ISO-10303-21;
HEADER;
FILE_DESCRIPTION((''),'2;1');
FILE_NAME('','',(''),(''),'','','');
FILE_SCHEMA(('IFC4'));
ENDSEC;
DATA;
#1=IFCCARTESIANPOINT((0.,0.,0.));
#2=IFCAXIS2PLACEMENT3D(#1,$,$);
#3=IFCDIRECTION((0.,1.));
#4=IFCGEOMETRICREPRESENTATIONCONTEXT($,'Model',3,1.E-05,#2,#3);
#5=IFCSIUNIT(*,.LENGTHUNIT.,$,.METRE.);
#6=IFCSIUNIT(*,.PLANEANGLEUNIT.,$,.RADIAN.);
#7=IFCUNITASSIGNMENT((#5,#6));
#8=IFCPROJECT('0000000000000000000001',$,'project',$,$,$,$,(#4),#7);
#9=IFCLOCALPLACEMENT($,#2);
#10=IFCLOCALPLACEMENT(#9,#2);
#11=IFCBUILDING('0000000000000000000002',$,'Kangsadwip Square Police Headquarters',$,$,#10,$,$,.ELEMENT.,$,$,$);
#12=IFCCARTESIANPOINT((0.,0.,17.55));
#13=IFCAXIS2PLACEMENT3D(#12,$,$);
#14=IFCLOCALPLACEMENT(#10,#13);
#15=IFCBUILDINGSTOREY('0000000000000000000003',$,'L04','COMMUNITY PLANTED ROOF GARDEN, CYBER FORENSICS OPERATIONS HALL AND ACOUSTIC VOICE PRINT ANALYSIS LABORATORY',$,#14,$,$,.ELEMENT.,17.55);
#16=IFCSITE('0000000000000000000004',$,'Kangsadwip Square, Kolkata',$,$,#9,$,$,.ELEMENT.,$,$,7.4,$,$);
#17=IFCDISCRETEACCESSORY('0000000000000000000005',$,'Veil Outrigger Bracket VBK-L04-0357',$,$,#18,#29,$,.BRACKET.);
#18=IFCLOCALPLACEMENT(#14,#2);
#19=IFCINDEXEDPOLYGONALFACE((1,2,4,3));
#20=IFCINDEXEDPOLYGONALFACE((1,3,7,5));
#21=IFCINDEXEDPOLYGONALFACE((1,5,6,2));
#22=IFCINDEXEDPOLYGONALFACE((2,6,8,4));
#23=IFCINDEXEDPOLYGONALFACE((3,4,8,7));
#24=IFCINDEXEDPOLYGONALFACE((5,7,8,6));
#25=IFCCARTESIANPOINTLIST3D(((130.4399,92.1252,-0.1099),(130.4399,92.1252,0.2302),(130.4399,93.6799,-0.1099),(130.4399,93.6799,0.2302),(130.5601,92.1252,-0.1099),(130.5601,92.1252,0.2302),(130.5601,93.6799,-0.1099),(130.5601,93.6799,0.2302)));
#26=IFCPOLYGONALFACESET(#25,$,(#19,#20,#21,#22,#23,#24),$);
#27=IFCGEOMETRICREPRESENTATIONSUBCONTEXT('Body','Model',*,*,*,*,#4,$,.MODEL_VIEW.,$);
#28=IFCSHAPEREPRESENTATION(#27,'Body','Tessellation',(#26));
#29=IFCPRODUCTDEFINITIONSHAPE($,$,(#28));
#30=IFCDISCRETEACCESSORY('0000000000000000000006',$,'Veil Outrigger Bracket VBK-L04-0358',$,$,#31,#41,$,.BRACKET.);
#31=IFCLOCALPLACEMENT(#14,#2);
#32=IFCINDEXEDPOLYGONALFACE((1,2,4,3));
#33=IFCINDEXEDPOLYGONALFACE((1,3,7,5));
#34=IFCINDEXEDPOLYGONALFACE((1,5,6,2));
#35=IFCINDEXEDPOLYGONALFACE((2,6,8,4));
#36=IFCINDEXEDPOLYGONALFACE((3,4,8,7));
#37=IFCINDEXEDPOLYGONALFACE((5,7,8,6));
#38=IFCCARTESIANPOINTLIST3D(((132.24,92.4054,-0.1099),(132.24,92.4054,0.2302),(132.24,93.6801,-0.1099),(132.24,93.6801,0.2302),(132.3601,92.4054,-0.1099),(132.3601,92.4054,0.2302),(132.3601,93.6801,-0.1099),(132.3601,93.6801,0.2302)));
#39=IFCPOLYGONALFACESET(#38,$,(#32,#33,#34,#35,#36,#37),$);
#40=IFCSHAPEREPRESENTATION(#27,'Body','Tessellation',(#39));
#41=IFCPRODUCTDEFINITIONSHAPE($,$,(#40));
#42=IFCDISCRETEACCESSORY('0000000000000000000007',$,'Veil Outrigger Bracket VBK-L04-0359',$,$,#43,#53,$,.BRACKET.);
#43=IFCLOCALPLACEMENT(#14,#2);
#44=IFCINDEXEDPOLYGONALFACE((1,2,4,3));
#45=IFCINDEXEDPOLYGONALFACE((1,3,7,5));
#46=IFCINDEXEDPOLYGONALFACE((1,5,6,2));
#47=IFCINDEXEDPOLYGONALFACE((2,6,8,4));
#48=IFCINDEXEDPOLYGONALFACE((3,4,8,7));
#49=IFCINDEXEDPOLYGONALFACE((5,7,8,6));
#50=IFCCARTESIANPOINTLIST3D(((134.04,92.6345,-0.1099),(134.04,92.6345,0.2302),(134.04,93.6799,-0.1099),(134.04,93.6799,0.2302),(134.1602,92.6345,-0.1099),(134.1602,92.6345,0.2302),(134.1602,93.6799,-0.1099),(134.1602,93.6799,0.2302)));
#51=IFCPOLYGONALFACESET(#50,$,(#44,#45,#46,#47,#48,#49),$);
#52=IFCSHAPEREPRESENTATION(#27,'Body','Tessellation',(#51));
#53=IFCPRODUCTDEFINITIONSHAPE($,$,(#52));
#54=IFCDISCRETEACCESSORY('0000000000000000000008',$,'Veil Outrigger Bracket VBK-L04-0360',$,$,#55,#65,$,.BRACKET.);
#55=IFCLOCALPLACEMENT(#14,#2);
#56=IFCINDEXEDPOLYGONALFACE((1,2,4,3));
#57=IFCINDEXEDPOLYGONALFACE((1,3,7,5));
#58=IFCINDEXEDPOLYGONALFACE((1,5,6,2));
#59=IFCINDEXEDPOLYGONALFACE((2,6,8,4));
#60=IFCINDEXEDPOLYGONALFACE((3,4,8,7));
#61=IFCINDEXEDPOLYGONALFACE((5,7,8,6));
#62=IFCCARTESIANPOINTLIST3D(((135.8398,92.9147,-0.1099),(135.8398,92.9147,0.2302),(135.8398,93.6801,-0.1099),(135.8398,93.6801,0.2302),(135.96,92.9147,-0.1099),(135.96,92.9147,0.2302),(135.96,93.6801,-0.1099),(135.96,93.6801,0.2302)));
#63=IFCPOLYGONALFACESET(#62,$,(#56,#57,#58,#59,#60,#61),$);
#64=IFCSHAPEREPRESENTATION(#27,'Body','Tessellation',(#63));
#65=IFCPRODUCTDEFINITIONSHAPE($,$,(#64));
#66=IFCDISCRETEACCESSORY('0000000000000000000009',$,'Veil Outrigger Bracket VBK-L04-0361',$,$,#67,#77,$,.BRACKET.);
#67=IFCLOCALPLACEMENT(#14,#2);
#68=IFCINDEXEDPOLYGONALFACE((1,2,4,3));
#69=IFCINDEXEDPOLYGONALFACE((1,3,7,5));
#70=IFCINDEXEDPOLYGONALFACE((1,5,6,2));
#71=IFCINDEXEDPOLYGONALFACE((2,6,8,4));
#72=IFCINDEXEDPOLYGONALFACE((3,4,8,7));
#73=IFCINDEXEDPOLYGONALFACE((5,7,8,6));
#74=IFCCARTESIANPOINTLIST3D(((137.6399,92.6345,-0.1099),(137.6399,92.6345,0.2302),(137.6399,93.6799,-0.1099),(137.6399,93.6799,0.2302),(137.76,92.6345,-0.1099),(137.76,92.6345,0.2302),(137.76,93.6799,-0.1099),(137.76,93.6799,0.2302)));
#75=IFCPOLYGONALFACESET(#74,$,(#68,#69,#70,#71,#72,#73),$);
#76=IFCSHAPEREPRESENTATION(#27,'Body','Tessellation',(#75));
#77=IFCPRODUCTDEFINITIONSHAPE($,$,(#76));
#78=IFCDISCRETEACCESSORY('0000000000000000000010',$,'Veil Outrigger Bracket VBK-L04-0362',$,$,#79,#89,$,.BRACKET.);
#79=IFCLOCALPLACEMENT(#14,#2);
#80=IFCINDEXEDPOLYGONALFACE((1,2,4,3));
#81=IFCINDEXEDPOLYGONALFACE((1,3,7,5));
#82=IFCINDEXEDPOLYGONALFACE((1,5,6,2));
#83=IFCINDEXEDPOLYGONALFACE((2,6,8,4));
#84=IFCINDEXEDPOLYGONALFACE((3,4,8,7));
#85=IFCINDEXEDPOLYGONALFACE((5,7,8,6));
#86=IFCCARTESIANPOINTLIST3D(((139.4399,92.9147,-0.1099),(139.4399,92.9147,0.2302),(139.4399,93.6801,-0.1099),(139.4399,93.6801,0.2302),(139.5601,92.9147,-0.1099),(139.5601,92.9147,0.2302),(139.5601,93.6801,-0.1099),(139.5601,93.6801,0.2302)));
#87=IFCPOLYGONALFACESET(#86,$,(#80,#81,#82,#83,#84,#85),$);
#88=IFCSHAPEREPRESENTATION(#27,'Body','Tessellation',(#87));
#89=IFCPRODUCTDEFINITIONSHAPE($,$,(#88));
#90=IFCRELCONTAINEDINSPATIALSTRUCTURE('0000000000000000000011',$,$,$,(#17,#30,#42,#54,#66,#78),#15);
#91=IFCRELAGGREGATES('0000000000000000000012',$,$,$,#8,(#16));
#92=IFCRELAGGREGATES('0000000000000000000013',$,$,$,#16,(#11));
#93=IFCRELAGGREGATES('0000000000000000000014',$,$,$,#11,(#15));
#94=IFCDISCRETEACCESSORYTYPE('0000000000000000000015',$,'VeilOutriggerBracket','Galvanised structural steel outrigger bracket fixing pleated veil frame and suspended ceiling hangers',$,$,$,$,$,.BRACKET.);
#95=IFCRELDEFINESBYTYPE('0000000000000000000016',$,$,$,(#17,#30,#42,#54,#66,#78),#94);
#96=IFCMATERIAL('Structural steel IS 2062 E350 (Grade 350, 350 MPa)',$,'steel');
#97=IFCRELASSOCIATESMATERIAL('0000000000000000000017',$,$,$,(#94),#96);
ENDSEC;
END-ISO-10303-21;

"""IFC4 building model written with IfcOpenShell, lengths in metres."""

from ifc_helpers import new_model, si_unit, direction, frame, origin, origin_2d, place, context, subcontext, project, spatial, rectangle, extrude, material, type_object, element, save


model = new_model("IFC4")

# Units and contexts
model_context = context("Model", 3, precision=1e-05, world=origin(), true_north=direction((0.0, 1.0)))
body_context = subcontext(model_context, "Body", "Model", "MODEL_VIEW")
ifc_project = project(units=[si_unit("LENGTHUNIT", "METRE"), si_unit("PLANEANGLEUNIT", "RADIAN")], contexts=[model_context])

# Site, building, storey
site_placement = place(None, origin())
site = spatial("IfcSite", under=ifc_project, at=site_placement, Name="Kangsadwip Square, Kolkata", CompositionType="ELEMENT", RefElevation=7.4)
building_placement = place(site_placement, origin())
building = spatial("IfcBuilding", under=site, at=building_placement, Name="Kangsadwip Square Police Headquarters", CompositionType="ELEMENT")
storey_placement = place(building_placement, frame((0.0, 0.0, 17.55)))
storey = spatial("IfcBuildingStorey", under=building, at=storey_placement, Name="L04", Description="COMMUNITY PLANTED ROOF GARDEN, CYBER FORENSICS OPERATIONS HALL AND ACOUSTIC VOICE PRINT ANALYSIS LABORATORY", CompositionType="ELEMENT", Elevation=17.55)

# Discrete accessories
ifc_material_1 = material(Name="Structural steel IS 2062 E350 (Grade 350, 350 MPa)", Category="steel")
discrete_accessory_type = type_object("IfcDiscreteAccessoryType", Name="VeilOutriggerBracket", Description="Galvanised structural steel outrigger bracket fixing pleated veil frame and suspended ceiling hangers", PredefinedType="BRACKET", material=ifc_material_1)
discrete_accessory_1_placement = place(storey_placement, frame((130.5, 92.9026, -0.1099), z_axis=(0.0, 0.0, 1.0), x_axis=(1.0, 0.0, 0.0)))
element("IfcDiscreteAccessory", 1, at=discrete_accessory_1_placement, inside=storey, type_object=discrete_accessory_type, Name="Veil Outrigger Bracket VBK-L04-0357", PredefinedType="BRACKET", context=body_context, shape_type="SweptSolid", body=[
    extrude(rectangle(XDim=0.1201, YDim=1.5547, at=origin_2d()), origin(), (0.0, 0.0, 1.0), 0.3401),
])
discrete_accessory_2_placement = place(storey_placement, frame((132.3, 93.0427, -0.1099), z_axis=(0.0, 0.0, 1.0), x_axis=(1.0, 0.0, 0.0)))
element("IfcDiscreteAccessory", 2, at=discrete_accessory_2_placement, inside=storey, type_object=discrete_accessory_type, Name="Veil Outrigger Bracket VBK-L04-0358", PredefinedType="BRACKET", context=body_context, shape_type="SweptSolid", body=[
    extrude(rectangle(XDim=0.1201, YDim=1.2747, at=origin_2d()), origin(), (0.0, 0.0, 1.0), 0.3401),
])
discrete_accessory_3_placement = place(storey_placement, frame((134.1001, 93.1572, -0.1099), z_axis=(0.0, 0.0, 1.0), x_axis=(1.0, 0.0, 0.0)))
element("IfcDiscreteAccessory", 3, at=discrete_accessory_3_placement, inside=storey, type_object=discrete_accessory_type, Name="Veil Outrigger Bracket VBK-L04-0359", PredefinedType="BRACKET", context=body_context, shape_type="SweptSolid", body=[
    extrude(rectangle(XDim=0.1201, YDim=1.0454, at=origin_2d()), origin(), (0.0, 0.0, 1.0), 0.3401),
])
discrete_accessory_4_placement = place(storey_placement, frame((135.8999, 93.2974, -0.1099), z_axis=(0.0, 0.0, 1.0), x_axis=(1.0, 0.0, 0.0)))
element("IfcDiscreteAccessory", 4, at=discrete_accessory_4_placement, inside=storey, type_object=discrete_accessory_type, Name="Veil Outrigger Bracket VBK-L04-0360", PredefinedType="BRACKET", context=body_context, shape_type="SweptSolid", body=[
    extrude(rectangle(XDim=0.1201, YDim=0.7654, at=origin_2d()), origin(), (0.0, 0.0, 1.0), 0.3401),
])
discrete_accessory_5_placement = place(storey_placement, frame((137.7, 93.1572, -0.1099), z_axis=(0.0, 0.0, 1.0), x_axis=(1.0, 0.0, 0.0)))
element("IfcDiscreteAccessory", 5, at=discrete_accessory_5_placement, inside=storey, type_object=discrete_accessory_type, Name="Veil Outrigger Bracket VBK-L04-0361", PredefinedType="BRACKET", context=body_context, shape_type="SweptSolid", body=[
    extrude(rectangle(XDim=0.1201, YDim=1.0454, at=origin_2d()), origin(), (0.0, 0.0, 1.0), 0.3401),
])
discrete_accessory_6_placement = place(storey_placement, frame((139.5, 93.2974, -0.1099), z_axis=(0.0, 0.0, 1.0), x_axis=(1.0, 0.0, 0.0)))
element("IfcDiscreteAccessory", 6, at=discrete_accessory_6_placement, inside=storey, type_object=discrete_accessory_type, Name="Veil Outrigger Bracket VBK-L04-0362", PredefinedType="BRACKET", context=body_context, shape_type="SweptSolid", body=[
    extrude(rectangle(XDim=0.1201, YDim=0.7654, at=origin_2d()), origin(), (0.0, 0.0, 1.0), 0.3401),
])

save(model, "model.ifc")
